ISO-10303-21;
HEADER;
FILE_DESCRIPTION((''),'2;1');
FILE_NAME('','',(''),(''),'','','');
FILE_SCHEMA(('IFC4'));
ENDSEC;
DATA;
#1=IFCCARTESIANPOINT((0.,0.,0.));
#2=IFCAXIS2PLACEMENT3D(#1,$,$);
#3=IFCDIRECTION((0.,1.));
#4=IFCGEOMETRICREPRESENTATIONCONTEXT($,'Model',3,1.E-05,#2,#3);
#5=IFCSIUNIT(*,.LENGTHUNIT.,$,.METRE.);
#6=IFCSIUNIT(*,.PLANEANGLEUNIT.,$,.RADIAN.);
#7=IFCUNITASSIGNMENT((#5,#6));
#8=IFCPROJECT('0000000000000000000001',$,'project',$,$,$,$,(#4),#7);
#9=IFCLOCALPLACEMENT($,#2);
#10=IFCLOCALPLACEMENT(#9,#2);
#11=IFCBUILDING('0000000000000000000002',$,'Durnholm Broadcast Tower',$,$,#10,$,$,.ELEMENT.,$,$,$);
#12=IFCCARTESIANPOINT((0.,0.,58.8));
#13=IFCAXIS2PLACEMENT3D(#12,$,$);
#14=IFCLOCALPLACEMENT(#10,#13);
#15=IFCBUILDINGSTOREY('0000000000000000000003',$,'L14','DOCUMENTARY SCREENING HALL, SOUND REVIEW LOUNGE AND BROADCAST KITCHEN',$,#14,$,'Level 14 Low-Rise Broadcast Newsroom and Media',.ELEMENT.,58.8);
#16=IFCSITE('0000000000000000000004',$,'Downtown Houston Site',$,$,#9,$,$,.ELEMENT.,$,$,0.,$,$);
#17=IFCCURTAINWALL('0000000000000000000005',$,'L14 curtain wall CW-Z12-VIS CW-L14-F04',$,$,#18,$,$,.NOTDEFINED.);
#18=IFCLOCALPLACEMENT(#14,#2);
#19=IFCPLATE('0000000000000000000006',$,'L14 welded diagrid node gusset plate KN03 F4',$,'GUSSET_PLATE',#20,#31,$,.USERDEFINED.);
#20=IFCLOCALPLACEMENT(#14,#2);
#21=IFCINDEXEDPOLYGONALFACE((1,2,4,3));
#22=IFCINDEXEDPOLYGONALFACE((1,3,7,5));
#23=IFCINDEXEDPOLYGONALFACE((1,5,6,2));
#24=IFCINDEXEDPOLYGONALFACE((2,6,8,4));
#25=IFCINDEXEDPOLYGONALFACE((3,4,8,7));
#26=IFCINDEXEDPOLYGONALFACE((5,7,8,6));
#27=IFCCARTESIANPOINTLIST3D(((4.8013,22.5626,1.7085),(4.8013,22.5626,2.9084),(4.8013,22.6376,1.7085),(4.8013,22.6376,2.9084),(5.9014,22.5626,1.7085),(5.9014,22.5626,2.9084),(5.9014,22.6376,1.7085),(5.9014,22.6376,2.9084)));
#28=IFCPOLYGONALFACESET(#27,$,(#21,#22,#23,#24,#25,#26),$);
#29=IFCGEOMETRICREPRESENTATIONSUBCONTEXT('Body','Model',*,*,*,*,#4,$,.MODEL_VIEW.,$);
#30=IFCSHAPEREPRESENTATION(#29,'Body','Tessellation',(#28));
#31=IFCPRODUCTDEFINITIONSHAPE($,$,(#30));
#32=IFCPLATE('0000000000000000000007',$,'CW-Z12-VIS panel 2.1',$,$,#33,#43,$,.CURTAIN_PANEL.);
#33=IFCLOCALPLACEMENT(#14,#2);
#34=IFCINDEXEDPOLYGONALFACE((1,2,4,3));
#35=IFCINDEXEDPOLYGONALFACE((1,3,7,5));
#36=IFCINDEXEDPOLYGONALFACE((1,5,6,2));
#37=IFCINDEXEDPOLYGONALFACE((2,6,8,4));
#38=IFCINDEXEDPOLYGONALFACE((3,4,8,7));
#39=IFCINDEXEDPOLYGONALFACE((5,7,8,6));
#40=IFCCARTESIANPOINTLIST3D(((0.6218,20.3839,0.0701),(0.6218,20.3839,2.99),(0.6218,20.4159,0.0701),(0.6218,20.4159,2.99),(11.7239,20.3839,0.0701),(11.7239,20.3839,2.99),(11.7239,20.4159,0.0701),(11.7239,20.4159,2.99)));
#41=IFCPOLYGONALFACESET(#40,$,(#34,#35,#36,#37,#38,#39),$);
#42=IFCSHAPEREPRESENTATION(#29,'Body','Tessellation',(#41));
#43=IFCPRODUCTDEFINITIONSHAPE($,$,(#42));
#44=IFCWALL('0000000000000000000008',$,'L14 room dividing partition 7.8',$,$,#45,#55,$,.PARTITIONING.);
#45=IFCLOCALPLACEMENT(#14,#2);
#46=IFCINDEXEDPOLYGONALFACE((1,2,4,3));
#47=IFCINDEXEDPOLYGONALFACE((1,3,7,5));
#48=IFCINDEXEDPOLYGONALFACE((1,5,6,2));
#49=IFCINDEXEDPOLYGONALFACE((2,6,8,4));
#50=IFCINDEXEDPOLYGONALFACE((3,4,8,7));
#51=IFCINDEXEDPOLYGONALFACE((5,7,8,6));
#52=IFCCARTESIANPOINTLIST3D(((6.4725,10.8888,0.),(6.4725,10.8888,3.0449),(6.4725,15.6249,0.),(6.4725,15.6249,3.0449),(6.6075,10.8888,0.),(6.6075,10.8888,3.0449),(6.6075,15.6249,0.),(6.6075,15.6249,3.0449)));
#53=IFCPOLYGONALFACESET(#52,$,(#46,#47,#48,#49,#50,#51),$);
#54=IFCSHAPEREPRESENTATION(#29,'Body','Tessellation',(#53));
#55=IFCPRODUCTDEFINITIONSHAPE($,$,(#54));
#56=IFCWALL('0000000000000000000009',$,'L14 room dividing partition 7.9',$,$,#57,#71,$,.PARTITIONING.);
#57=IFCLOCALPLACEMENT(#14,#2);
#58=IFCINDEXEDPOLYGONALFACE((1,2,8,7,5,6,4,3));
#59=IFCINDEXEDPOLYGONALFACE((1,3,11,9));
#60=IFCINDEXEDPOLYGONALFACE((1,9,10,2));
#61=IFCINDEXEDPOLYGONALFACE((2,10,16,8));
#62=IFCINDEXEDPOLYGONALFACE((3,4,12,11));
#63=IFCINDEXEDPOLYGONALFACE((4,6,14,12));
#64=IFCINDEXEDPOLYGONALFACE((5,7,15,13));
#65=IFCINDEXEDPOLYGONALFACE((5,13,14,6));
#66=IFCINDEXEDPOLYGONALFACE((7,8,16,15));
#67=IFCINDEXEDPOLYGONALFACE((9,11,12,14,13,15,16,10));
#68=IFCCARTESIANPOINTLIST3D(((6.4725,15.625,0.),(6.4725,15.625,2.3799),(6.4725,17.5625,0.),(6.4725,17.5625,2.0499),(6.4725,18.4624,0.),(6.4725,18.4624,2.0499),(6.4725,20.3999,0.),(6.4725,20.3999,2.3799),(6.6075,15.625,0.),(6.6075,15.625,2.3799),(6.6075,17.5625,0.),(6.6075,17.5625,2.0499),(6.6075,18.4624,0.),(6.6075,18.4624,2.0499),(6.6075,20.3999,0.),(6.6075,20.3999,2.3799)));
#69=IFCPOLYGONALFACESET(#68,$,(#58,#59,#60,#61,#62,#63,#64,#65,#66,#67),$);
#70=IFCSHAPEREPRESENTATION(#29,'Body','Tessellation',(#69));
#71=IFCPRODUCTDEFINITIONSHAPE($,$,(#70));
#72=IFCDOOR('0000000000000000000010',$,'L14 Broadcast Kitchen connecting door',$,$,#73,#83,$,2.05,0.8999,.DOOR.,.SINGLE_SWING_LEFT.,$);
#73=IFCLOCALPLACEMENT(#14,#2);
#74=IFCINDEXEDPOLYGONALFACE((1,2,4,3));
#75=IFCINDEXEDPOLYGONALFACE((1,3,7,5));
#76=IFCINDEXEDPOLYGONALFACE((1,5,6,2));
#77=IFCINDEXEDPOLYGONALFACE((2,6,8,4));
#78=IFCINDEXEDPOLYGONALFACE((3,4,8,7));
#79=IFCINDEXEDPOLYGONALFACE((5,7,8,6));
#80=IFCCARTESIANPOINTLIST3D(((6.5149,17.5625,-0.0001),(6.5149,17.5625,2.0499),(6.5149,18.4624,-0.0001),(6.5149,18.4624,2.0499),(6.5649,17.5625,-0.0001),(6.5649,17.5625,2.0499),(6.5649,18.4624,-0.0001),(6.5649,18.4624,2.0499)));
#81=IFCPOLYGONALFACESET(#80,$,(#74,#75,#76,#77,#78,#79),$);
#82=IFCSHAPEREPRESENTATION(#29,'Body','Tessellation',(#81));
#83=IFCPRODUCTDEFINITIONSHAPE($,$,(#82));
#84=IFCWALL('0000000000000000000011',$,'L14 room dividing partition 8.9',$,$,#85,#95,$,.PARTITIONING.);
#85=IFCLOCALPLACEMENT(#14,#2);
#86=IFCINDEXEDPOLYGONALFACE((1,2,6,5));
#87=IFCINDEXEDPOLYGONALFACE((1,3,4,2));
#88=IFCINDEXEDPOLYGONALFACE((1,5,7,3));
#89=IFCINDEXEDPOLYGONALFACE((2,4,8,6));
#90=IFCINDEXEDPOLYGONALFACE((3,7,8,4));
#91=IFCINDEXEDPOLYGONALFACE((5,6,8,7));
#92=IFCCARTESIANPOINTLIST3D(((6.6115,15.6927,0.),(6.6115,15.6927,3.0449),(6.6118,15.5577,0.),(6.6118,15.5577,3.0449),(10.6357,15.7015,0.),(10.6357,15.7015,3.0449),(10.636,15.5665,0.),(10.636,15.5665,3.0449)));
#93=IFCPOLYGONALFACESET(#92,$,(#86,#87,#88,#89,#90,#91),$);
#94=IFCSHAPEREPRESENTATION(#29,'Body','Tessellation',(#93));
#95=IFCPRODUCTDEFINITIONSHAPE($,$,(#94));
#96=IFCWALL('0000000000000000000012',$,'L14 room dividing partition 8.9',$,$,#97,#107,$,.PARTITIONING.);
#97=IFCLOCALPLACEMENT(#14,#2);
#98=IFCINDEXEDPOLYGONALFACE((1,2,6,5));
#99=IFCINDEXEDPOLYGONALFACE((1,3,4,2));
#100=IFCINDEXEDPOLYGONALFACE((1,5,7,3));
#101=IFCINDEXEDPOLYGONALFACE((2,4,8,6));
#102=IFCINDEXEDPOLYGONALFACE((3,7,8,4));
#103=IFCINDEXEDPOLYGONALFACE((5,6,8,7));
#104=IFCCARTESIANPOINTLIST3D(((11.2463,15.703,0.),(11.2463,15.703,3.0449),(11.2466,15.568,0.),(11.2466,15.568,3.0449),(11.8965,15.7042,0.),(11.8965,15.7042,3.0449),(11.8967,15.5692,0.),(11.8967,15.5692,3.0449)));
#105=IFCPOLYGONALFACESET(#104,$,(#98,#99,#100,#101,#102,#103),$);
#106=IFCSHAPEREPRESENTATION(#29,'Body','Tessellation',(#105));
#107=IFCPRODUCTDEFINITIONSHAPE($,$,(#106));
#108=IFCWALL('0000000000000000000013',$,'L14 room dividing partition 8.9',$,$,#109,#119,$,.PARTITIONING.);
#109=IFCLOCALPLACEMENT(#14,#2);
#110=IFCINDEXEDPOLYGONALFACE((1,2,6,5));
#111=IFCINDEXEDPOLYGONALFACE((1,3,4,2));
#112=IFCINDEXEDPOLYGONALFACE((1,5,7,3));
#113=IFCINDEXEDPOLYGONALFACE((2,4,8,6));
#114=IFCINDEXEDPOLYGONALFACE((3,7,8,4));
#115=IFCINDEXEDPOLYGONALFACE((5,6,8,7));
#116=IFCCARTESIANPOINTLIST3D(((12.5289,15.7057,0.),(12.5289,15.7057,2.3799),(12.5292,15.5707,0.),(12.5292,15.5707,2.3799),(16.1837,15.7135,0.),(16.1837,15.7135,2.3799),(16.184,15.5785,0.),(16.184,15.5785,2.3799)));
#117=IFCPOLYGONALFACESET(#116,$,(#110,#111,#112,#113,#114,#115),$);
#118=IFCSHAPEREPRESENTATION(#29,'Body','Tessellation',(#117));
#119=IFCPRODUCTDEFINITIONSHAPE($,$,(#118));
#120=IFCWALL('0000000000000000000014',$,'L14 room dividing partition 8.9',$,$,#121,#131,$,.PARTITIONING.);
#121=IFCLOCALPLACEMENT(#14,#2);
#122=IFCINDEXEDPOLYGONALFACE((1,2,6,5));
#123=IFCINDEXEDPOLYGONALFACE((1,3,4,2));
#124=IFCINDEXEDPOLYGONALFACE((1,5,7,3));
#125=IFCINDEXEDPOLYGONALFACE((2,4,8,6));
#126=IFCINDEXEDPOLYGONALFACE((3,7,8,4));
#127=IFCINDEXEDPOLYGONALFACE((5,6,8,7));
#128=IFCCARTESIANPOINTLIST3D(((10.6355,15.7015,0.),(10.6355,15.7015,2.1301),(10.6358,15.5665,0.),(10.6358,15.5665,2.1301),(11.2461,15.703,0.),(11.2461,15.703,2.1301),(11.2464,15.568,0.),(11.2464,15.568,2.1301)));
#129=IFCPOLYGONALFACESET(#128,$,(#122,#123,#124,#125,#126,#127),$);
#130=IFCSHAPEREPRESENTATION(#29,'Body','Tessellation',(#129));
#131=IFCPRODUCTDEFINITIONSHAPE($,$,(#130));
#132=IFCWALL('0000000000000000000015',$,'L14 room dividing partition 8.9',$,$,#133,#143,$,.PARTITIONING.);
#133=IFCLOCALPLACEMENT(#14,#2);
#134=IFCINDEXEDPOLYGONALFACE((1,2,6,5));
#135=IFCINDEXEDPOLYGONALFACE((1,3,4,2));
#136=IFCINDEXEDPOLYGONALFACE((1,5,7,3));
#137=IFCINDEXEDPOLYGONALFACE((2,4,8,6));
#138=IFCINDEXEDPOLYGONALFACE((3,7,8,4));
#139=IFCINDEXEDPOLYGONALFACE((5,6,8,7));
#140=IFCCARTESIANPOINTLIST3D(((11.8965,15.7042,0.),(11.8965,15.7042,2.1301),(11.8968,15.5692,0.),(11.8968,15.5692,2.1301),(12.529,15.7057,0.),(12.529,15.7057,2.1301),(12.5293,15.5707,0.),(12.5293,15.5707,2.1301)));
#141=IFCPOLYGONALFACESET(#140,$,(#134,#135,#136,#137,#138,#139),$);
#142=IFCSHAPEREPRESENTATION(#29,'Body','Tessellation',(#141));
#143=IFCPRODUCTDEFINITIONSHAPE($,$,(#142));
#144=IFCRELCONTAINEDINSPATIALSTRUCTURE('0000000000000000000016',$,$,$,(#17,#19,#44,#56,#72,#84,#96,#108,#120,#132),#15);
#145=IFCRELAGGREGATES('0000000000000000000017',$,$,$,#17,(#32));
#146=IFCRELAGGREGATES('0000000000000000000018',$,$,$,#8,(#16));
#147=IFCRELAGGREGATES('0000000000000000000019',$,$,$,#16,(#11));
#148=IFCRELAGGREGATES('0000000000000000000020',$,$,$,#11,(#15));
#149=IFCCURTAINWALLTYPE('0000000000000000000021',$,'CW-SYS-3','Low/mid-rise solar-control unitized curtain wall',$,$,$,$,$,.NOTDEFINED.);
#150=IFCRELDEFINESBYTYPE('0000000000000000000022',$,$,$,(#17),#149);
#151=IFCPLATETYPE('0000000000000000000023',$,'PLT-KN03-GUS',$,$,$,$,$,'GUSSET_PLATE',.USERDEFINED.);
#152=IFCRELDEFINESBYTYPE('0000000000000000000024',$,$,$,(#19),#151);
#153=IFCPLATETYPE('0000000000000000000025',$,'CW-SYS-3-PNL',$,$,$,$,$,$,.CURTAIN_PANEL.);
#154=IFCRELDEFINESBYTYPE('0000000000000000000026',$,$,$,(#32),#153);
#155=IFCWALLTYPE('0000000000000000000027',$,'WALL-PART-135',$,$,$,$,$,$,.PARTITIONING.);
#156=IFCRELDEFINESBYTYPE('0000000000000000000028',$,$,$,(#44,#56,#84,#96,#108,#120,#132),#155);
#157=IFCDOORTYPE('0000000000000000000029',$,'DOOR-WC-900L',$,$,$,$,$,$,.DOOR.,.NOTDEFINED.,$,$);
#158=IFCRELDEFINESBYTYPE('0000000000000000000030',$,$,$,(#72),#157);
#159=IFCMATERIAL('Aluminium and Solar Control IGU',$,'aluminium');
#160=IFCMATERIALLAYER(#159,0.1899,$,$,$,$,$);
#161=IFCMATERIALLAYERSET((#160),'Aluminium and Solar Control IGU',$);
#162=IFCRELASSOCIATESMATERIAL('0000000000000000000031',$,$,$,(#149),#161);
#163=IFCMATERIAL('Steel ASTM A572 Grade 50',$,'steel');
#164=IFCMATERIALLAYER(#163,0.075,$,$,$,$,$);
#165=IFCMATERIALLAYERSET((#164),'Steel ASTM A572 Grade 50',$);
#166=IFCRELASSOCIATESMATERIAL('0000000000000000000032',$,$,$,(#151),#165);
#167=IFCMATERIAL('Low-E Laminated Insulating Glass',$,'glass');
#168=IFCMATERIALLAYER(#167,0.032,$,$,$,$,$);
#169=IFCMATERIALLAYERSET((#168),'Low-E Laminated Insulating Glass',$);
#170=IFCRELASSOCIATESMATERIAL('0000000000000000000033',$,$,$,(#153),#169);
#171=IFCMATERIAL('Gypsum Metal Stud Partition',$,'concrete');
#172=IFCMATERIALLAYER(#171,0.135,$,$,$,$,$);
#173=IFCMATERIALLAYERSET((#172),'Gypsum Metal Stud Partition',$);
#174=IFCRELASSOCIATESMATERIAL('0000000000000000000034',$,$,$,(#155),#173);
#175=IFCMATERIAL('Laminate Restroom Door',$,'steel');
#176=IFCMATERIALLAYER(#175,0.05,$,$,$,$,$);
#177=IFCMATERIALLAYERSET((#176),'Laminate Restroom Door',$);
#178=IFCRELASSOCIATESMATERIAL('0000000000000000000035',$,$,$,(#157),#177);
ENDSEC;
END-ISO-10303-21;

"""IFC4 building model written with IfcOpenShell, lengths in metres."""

from ifc_helpers import new_model, si_unit, direction, frame, frame_2d, origin, origin_2d, place, context, subcontext, project, spatial, rectangle, extrude, source, transform, mapped, material, layer, layer_set, type_object, type_shapes, element, fill, aggregate, save


model = new_model("IFC4")

# Units and contexts
model_context = context("Model", 3, precision=1e-05, world=origin(), true_north=direction((0.0, 1.0)))
body_context = subcontext(model_context, "Body", "Model", "MODEL_VIEW")
ifc_project = project(units=[si_unit("LENGTHUNIT", "METRE"), si_unit("PLANEANGLEUNIT", "RADIAN")], contexts=[model_context])

# Site, building, storey
site_placement = place(None, origin())
site = spatial("IfcSite", under=ifc_project, at=site_placement, Name="Downtown Houston Site", CompositionType="ELEMENT", RefElevation=0.0)
building_placement = place(site_placement, origin())
building = spatial("IfcBuilding", under=site, at=building_placement, Name="Durnholm Broadcast Tower", CompositionType="ELEMENT")
storey_placement = place(building_placement, frame((0.0, 0.0, 58.8)))
storey = spatial("IfcBuildingStorey", under=building, at=storey_placement, Name="L14", Description="DOCUMENTARY SCREENING HALL, SOUND REVIEW LOUNGE AND BROADCAST KITCHEN", LongName="Level 14 Low-Rise Broadcast Newsroom and Media", CompositionType="ELEMENT", Elevation=58.8)

# Shared definitions
ifc_material_1 = material(Name="Aluminium and Solar Control IGU", Category="aluminium")

# Curtain wall
ifc_layer_1 = layer(ifc_material_1, 0.1899)
ifc_layer_set_1 = layer_set([ifc_layer_1], Name="Aluminium and Solar Control IGU")
curtain_wall_type_1 = type_object("IfcCurtainWallType", Name="CW-SYS-3", Description="Low/mid-rise solar-control unitized curtain wall", PredefinedType="NOTDEFINED", material=ifc_layer_set_1)
curtain_wall_1_placement = place(storey_placement, origin())
curtain_wall_1 = element("IfcCurtainWall", 1, at=curtain_wall_1_placement, inside=storey, type_object=curtain_wall_type_1, Name="L14 curtain wall CW-Z12-VIS CW-L14-F04", PredefinedType="NOTDEFINED")

# Plate
ifc_material_2 = material(Name="Steel ASTM A572 Grade 50", Category="steel")
ifc_layer_2 = layer(ifc_material_2, 0.075)
ifc_layer_set_2 = layer_set([ifc_layer_2], Name="Steel ASTM A572 Grade 50")
plate_type_1 = type_object("IfcPlateType", Name="PLT-KN03-GUS", ElementType="GUSSET_PLATE", PredefinedType="USERDEFINED", material=ifc_layer_set_2)
shared_shape_1 = source(origin(), body_context, "Body", "SweptSolid", [
    extrude(rectangle(XDim=1.1001, YDim=0.075, at=origin_2d()), origin(), (0.0, 0.0, 1.0), 1.2),
])
type_shapes(plate_type_1, [shared_shape_1])
plate_1_placement = place(storey_placement, frame((5.3513, 22.6001, 1.7085), z_axis=(0.0, 0.0, 1.0), x_axis=(-1.0, 0.0, 0.0)))
element("IfcPlate", 2, at=plate_1_placement, inside=storey, type_object=plate_type_1, Name="L14 welded diagrid node gusset plate KN03 F4", ObjectType="GUSSET_PLATE", PredefinedType="USERDEFINED", context=body_context, shape_type="MappedRepresentation", body=[
    mapped(shared_shape_1, transform((0.0, 0.0, 0.0), x_axis=(1.0, 0.0, 0.0), y_axis=(0.0, 1.0, 0.0), z_axis=(0.0, 0.0, 1.0), scale=1.0)),
])

# Plate
ifc_material_3 = material(Name="Low-E Laminated Insulating Glass", Category="glass")
ifc_layer_3 = layer(ifc_material_3, 0.032)
ifc_layer_set_3 = layer_set([ifc_layer_3], Name="Low-E Laminated Insulating Glass")
plate_type_2 = type_object("IfcPlateType", Name="CW-SYS-3-PNL", PredefinedType="CURTAIN_PANEL", material=ifc_layer_set_3)
shared_shape_2 = source(origin(), body_context, "Body", "SweptSolid", [
    extrude(rectangle(XDim=11.1021, YDim=0.032, at=origin_2d()), origin(), (0.0, 0.0, 1.0), 2.9199),
])
type_shapes(plate_type_2, [shared_shape_2])
plate_2_placement = place(storey_placement, frame((6.1729, 20.3999, 0.0701), z_axis=(0.0, 0.0, 1.0), x_axis=(1.0, 0.0, 0.0)))
plate_2 = element("IfcPlate", 3, at=plate_2_placement, type_object=plate_type_2, Name="CW-Z12-VIS panel 2.1", PredefinedType="CURTAIN_PANEL", context=body_context, shape_type="MappedRepresentation", body=[
    mapped(shared_shape_2, transform((0.0, 0.0, 0.0), x_axis=(1.0, 0.0, 0.0), y_axis=(0.0, 1.0, 0.0), z_axis=(0.0, 0.0, 1.0), scale=1.0)),
])
aggregate(curtain_wall_1, [plate_2])

# Wall
ifc_material_4 = material(Name="Gypsum Metal Stud Partition", Category="concrete")
ifc_layer_4 = layer(ifc_material_4, 0.135)
ifc_layer_set_4 = layer_set([ifc_layer_4], Name="Gypsum Metal Stud Partition")
wall_type = type_object("IfcWallType", Name="WALL-PART-135", PredefinedType="PARTITIONING", material=ifc_layer_set_4)
wall_1_placement = place(storey_placement, frame((6.54, 15.625, 0.0), z_axis=(0.0, 0.0, 1.0), x_axis=(0.0, -1.0, 0.0)))
element("IfcWall", 4, at=wall_1_placement, inside=storey, type_object=wall_type, Name="L14 room dividing partition 7.8", PredefinedType="PARTITIONING", context=body_context, shape_type="SweptSolid", body=[
    extrude(rectangle(XDim=4.7361, YDim=0.135, at=frame_2d((2.3682, 0.0))), origin(), (0.0, 0.0, 1.0), 3.0449),
])

# Wall, opening, door
wall_2_placement = place(storey_placement, frame((6.54, 20.3999, 0.0), z_axis=(0.0, 0.0, 1.0), x_axis=(0.0, -1.0, 0.0)))
wall_2 = element("IfcWall", 5, at=wall_2_placement, inside=storey, type_object=wall_type, Name="L14 room dividing partition 7.9", PredefinedType="PARTITIONING", context=body_context, shape_type="SweptSolid", body=[
    extrude(rectangle(XDim=4.7749, YDim=0.135, at=frame_2d((2.3875, 0.0))), origin(), (0.0, 0.0, 1.0), 2.3799),
])
opening_placement = place(wall_2_placement, frame((1.9375, 0.0, 0.0)))
opening = element("IfcOpeningElement", 6, at=opening_placement, cuts=wall_2, PredefinedType="OPENING", context=body_context, shape_type="SweptSolid", body=[
    extrude(rectangle(XDim=0.8999, YDim=2.05, at=frame_2d((0.45, 1.0249))), frame((0.0, 0.0776, 0.0), z_axis=(0.0, -1.0, 0.0), x_axis=(1.0, 0.0, 0.0)), (0.0, 0.0, 1.0), 0.155),
])
ifc_material_5 = material(Name="Laminate Restroom Door", Category="steel")
ifc_layer_5 = layer(ifc_material_5, 0.05)
ifc_layer_set_5 = layer_set([ifc_layer_5], Name="Laminate Restroom Door")
door_type = type_object("IfcDoorType", Name="DOOR-WC-900L", OperationType="NOTDEFINED", PredefinedType="DOOR", material=ifc_layer_set_5)
shared_shape_3 = source(origin(), body_context, "Body", "SweptSolid", [
    extrude(rectangle(XDim=0.8999, YDim=2.05, at=frame_2d((0.45, 1.0249))), frame((0.0, 0.0249, 0.0), z_axis=(0.0, -1.0, 0.0), x_axis=(1.0, 0.0, 0.0)), (0.0, 0.0, 1.0), 0.05),
])
type_shapes(door_type, [shared_shape_3])
door_placement = place(opening_placement, origin())
door = element("IfcDoor", 7, at=door_placement, inside=storey, type_object=door_type, Name="L14 Broadcast Kitchen connecting door", OperationType="SINGLE_SWING_LEFT", OverallHeight=2.05, OverallWidth=0.8999, PredefinedType="DOOR", context=body_context, shape_type="MappedRepresentation", body=[
    mapped(shared_shape_3, transform((0.0, 0.0, 0.0), x_axis=(1.0, 0.0, 0.0), y_axis=(0.0, 1.0, 0.0), z_axis=(0.0, 0.0, 1.0), scale=1.0)),
])
fill(opening, door)

# Walls
wall_3_placement = place(storey_placement, frame((6.6116, 15.6252, 0.0), z_axis=(0.0, 0.0, 1.0), x_axis=(0.999998, 0.002184, 0.0)))
element("IfcWall", 8, at=wall_3_placement, inside=storey, type_object=wall_type, Name="L14 room dividing partition 8.9", PredefinedType="PARTITIONING", context=body_context, shape_type="SweptSolid", body=[
    extrude(rectangle(XDim=4.0242, YDim=0.135, at=frame_2d((2.0122, 0.0))), origin(), (0.0, 0.0, 1.0), 3.0449),
])
wall_4_placement = place(storey_placement, frame((11.2463, 15.6355, 0.0), z_axis=(0.0, 0.0, 1.0), x_axis=(0.999998, 0.001878, 0.0)))
element("IfcWall", 9, at=wall_4_placement, inside=storey, type_object=wall_type, Name="L14 room dividing partition 8.9", PredefinedType="PARTITIONING", context=body_context, shape_type="SweptSolid", body=[
    extrude(rectangle(XDim=0.6501, YDim=0.135, at=frame_2d((0.3252, 0.0))), origin(), (0.0, 0.0, 1.0), 3.0449),
])
wall_5_placement = place(storey_placement, frame((12.5291, 15.6382, 0.0), z_axis=(0.0, 0.0, 1.0), x_axis=(0.999998, 0.002138, 0.0)))
element("IfcWall", 10, at=wall_5_placement, inside=storey, type_object=wall_type, Name="L14 room dividing partition 8.9", PredefinedType="PARTITIONING", context=body_context, shape_type="SweptSolid", body=[
    extrude(rectangle(XDim=3.6548, YDim=0.135, at=frame_2d((1.8274, 0.0))), origin(), (0.0, 0.0, 1.0), 2.3799),
])
wall_6_placement = place(storey_placement, frame((10.6357, 15.634, 0.0), z_axis=(0.0, 0.0, 1.0), x_axis=(0.999997, 0.002399, 0.0)))
element("IfcWall", 11, at=wall_6_placement, inside=storey, type_object=wall_type, Name="L14 room dividing partition 8.9", PredefinedType="PARTITIONING", context=body_context, shape_type="SweptSolid", body=[
    extrude(rectangle(XDim=0.6106, YDim=0.135, at=frame_2d((0.3052, 0.0))), origin(), (0.0, 0.0, 1.0), 2.1301),
])
wall_7_placement = place(storey_placement, frame((11.8965, 15.6367, 0.0), z_axis=(0.0, 0.0, 1.0), x_axis=(0.999997, 0.002316, 0.0)))
element("IfcWall", 12, at=wall_7_placement, inside=storey, type_object=wall_type, Name="L14 room dividing partition 8.9", PredefinedType="PARTITIONING", context=body_context, shape_type="SweptSolid", body=[
    extrude(rectangle(XDim=0.6326, YDim=0.135, at=frame_2d((0.3164, 0.0))), origin(), (0.0, 0.0, 1.0), 2.1301),
])

save(model, "model.ifc")
